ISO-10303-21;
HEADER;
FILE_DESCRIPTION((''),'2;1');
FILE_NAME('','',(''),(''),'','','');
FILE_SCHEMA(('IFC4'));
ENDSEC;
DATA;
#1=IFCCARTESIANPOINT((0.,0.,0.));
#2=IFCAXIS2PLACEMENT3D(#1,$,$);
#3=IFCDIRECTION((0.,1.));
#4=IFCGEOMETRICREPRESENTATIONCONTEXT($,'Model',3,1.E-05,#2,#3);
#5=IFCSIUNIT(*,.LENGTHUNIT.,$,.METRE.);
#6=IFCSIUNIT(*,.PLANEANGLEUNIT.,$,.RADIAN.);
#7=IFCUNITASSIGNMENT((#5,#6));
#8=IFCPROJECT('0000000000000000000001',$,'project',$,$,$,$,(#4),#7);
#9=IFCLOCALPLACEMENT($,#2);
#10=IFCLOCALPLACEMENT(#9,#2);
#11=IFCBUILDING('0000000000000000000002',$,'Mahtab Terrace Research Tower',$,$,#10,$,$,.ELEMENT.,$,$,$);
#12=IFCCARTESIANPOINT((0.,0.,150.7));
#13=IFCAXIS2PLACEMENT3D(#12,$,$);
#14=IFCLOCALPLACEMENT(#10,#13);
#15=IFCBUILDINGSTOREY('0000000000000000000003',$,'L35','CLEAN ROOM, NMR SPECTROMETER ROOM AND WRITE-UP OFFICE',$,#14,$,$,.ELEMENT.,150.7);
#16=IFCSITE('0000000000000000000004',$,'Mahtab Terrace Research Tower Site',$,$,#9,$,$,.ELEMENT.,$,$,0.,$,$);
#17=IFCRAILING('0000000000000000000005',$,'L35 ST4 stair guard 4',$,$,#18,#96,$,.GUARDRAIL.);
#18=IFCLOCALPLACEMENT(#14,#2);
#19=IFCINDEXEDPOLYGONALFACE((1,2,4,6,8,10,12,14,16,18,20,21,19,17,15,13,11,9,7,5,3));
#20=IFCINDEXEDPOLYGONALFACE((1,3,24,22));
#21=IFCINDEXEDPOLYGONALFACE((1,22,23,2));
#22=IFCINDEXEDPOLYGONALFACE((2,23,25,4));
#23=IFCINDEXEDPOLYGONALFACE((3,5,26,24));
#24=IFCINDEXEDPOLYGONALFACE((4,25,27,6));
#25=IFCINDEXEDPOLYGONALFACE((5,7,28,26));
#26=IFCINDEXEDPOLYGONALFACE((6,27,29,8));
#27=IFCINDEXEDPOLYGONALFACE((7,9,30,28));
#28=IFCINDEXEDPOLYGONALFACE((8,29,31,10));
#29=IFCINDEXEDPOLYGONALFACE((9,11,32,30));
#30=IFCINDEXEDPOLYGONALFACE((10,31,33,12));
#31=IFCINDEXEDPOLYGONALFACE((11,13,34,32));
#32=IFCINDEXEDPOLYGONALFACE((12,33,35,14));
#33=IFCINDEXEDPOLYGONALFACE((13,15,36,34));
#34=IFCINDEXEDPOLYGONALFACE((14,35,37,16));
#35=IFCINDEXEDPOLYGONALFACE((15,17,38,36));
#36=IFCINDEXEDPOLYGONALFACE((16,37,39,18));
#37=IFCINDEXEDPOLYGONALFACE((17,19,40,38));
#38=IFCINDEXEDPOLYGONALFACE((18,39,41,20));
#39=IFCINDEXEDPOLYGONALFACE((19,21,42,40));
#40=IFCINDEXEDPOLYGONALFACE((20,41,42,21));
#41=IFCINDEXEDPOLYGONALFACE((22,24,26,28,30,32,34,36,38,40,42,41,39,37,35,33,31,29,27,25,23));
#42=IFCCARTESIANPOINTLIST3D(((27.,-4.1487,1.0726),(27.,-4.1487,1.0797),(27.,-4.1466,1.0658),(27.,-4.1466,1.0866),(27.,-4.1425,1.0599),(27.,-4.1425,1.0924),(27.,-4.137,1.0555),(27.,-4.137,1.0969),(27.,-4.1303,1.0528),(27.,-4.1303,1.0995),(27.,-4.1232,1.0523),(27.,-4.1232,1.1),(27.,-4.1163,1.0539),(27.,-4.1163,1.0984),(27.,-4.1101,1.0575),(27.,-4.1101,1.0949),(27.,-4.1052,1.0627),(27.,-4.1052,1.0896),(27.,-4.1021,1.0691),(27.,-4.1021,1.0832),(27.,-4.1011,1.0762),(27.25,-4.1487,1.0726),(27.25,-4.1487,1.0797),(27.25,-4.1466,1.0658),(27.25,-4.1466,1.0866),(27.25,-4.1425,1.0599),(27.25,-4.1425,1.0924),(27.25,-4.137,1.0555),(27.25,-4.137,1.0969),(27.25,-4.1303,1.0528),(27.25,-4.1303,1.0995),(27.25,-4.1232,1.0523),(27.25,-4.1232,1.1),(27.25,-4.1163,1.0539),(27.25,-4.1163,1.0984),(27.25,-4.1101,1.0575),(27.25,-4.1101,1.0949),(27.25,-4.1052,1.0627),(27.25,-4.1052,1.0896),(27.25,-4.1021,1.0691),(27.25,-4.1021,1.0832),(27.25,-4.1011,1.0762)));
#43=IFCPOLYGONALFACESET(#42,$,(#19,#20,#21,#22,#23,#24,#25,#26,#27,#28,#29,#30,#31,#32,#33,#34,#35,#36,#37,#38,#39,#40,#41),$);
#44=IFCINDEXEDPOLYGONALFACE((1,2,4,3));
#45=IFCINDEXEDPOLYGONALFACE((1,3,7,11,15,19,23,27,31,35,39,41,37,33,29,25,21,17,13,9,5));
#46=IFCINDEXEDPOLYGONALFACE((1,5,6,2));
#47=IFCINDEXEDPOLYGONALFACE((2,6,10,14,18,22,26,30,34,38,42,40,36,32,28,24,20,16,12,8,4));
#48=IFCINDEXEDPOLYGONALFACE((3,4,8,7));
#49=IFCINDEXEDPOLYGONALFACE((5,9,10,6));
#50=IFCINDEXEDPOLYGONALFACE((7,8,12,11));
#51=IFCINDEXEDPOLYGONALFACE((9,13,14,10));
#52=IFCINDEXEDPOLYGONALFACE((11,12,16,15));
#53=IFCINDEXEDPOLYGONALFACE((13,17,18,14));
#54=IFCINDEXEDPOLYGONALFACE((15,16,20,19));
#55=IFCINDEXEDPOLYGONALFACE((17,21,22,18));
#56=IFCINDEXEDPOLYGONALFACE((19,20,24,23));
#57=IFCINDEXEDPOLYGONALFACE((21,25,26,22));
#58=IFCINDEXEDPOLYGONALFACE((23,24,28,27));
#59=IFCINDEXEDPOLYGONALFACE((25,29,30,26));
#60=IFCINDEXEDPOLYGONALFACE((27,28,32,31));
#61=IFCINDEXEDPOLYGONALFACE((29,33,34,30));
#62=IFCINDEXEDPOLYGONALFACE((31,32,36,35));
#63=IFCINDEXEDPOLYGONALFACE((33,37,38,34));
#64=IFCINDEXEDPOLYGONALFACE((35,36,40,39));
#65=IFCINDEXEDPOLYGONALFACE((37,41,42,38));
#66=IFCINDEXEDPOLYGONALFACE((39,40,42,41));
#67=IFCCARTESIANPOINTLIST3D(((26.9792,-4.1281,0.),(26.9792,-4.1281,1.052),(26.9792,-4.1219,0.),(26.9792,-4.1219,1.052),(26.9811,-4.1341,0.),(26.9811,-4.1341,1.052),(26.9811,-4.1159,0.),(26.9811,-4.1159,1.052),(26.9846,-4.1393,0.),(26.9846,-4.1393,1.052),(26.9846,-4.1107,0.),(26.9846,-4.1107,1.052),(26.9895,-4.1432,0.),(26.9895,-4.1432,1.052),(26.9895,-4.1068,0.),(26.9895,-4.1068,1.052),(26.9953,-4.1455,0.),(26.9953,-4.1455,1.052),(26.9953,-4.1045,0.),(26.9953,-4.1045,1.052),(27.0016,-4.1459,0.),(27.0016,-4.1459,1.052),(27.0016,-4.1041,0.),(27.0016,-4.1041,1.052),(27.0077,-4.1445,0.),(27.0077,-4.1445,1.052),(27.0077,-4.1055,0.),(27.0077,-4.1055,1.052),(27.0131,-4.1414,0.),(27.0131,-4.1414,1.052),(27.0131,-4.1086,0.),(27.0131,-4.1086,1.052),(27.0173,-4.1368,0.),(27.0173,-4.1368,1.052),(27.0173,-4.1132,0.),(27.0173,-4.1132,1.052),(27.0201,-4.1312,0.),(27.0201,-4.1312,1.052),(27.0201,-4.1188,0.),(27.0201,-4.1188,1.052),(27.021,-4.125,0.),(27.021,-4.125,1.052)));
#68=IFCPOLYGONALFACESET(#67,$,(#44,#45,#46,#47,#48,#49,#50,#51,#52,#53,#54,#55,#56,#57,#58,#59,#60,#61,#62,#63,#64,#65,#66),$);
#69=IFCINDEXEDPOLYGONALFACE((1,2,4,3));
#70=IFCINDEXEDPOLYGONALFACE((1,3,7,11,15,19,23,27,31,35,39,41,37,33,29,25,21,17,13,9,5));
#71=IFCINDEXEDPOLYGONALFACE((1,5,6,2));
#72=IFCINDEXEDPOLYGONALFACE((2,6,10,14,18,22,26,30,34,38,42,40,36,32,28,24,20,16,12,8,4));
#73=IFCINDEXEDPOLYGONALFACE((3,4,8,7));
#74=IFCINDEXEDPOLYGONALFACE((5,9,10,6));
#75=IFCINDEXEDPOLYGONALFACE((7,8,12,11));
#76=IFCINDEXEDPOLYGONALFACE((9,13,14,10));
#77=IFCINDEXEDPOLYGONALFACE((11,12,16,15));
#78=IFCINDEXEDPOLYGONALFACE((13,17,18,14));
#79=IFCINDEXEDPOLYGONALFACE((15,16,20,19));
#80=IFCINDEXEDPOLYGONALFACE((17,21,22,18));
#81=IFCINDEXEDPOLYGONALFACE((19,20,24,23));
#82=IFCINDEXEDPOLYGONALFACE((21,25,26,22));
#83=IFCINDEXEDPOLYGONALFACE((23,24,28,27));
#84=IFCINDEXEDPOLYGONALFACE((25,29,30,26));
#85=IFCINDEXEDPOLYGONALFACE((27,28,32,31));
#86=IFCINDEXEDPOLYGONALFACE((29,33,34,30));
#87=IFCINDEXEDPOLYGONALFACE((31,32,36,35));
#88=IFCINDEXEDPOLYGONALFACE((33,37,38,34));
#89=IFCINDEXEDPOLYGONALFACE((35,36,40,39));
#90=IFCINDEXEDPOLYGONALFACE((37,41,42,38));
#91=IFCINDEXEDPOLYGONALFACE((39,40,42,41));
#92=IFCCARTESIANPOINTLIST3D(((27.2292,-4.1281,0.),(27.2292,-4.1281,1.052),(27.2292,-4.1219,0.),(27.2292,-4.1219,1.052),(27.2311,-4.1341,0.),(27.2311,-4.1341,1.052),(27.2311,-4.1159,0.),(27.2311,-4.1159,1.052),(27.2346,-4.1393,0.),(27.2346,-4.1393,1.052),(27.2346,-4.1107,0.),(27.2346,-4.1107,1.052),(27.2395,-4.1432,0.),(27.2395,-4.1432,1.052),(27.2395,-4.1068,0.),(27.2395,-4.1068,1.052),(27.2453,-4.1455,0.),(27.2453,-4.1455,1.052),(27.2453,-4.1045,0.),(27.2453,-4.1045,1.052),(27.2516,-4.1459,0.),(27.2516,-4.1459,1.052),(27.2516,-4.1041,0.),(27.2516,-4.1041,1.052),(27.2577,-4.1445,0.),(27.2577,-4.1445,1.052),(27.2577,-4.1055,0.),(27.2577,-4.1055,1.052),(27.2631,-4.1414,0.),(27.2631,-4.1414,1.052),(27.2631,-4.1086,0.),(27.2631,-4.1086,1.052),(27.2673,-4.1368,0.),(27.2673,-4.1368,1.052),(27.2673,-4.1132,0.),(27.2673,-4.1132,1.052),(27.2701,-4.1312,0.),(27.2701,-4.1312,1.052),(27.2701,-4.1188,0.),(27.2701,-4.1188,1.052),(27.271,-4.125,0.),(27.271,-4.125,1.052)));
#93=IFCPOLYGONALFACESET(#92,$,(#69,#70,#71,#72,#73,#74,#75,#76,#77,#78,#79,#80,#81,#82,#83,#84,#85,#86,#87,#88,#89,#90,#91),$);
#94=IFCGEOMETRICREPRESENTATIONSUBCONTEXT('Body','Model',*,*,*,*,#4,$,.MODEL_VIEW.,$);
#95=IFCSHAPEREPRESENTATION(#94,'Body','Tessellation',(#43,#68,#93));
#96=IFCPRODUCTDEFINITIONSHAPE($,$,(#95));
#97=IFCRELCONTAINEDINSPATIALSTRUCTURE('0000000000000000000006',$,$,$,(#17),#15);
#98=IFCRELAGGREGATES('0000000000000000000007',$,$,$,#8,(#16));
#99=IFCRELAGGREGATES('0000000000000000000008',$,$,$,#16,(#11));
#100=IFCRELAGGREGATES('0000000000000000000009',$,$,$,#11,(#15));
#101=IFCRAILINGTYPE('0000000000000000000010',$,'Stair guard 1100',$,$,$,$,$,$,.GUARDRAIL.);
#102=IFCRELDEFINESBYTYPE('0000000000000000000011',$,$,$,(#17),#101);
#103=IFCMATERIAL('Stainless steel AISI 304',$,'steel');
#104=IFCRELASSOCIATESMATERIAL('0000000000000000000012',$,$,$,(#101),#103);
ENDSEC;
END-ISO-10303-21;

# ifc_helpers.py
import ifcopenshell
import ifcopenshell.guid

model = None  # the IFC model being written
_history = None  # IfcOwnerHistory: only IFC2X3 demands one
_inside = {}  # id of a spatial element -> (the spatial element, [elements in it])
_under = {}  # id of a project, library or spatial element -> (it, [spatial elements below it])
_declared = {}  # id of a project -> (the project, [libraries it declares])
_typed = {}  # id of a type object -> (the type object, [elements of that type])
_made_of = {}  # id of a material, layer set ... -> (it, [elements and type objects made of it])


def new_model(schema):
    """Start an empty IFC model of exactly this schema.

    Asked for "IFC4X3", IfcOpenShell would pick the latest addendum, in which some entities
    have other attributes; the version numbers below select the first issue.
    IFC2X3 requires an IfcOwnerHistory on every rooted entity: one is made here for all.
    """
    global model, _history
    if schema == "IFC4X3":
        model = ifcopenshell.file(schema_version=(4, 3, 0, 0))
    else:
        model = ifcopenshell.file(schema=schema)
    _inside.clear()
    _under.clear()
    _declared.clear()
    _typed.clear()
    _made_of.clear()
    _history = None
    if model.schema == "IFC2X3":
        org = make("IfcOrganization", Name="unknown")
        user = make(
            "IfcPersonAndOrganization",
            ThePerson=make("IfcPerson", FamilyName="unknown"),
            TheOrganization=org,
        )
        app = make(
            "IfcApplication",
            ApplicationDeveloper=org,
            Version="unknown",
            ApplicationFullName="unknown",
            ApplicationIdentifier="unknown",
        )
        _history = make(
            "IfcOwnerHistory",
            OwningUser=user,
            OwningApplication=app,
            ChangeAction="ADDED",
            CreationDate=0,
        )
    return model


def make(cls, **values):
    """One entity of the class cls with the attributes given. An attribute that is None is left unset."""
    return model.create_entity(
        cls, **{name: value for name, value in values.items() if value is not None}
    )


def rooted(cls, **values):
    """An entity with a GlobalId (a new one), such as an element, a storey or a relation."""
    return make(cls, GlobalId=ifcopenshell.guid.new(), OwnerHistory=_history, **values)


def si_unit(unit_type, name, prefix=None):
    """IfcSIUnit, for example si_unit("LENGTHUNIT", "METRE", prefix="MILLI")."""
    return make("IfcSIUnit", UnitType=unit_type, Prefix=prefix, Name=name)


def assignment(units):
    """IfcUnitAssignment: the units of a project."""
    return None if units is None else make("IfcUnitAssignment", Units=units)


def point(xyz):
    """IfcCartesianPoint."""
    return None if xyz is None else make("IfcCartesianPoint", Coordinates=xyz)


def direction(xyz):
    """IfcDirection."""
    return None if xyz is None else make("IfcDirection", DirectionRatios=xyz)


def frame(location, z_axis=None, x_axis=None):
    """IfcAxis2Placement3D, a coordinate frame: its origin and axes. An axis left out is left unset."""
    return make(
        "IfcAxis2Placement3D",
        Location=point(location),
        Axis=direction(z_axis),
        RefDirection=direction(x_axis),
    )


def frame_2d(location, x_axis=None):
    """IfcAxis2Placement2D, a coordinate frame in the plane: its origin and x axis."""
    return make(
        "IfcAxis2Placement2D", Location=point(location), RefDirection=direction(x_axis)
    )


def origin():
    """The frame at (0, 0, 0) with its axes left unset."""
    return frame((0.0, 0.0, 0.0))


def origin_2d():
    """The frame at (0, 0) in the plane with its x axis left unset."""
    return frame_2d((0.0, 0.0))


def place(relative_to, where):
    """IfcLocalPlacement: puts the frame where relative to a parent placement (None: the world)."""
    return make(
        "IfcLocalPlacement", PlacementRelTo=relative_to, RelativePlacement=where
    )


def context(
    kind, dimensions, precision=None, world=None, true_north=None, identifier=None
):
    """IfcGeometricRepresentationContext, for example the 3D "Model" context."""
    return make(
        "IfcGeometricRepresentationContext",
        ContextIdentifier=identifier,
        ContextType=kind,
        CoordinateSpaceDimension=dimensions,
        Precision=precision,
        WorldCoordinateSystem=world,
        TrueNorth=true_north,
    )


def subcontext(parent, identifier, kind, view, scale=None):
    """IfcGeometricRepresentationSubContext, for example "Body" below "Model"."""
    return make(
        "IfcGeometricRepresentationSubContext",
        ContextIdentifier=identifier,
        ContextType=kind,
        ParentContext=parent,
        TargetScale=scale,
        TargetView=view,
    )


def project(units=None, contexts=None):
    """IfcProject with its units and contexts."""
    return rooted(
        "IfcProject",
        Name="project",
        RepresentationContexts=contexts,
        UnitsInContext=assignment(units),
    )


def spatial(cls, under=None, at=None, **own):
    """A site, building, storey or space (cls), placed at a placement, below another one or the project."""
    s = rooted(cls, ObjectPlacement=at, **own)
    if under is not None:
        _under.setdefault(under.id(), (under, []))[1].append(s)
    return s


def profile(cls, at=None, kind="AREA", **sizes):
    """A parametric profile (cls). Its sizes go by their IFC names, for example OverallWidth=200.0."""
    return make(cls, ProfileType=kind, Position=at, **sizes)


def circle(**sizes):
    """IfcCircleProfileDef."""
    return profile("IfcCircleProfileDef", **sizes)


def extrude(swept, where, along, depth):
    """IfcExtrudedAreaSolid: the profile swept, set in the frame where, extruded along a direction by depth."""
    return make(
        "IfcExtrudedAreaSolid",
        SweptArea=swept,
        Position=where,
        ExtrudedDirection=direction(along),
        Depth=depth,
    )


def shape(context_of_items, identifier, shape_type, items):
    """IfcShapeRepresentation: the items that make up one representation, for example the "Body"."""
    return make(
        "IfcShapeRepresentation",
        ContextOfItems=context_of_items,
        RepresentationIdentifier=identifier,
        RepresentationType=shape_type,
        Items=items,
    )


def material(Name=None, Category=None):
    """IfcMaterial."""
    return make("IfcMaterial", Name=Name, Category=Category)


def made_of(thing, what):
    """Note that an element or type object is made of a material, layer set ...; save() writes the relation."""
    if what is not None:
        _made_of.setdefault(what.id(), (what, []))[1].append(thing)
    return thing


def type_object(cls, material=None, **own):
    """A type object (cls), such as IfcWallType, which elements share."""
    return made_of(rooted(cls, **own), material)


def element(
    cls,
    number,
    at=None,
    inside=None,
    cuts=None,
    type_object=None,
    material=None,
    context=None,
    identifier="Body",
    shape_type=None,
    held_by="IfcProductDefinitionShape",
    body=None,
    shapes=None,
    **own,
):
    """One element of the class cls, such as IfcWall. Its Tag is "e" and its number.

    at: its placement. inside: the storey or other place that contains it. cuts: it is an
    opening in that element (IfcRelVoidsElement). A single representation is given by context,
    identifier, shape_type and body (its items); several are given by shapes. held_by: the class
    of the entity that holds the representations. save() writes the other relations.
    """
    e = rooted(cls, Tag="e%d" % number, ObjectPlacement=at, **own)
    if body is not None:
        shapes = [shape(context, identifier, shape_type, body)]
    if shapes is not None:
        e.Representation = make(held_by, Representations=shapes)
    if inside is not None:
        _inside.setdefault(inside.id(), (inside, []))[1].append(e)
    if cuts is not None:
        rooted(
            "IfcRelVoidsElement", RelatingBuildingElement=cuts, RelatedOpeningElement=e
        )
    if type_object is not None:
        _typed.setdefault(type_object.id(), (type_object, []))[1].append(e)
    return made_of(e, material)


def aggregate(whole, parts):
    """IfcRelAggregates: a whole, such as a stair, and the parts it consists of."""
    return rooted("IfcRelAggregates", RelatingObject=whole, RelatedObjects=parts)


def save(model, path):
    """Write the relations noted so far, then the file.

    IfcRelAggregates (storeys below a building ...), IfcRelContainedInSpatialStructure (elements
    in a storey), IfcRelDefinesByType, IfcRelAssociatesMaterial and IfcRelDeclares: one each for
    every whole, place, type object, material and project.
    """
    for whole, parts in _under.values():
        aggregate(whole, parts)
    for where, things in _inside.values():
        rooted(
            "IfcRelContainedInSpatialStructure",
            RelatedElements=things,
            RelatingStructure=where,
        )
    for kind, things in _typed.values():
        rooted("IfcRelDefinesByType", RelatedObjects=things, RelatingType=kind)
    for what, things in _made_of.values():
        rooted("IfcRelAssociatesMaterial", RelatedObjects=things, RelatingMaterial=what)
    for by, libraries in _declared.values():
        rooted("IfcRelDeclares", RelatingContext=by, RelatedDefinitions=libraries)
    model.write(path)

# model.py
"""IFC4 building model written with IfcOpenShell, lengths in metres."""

from ifc_helpers import new_model, si_unit, direction, frame, origin, origin_2d, place, context, subcontext, project, spatial, circle, extrude, material, type_object, element, save


model = new_model("IFC4")

# Units and contexts
model_context = context("Model", 3, precision=1e-05, world=origin(), true_north=direction((0.0, 1.0)))
body_context = subcontext(model_context, "Body", "Model", "MODEL_VIEW")
ifc_project = project(units=[si_unit("LENGTHUNIT", "METRE"), si_unit("PLANEANGLEUNIT", "RADIAN")], contexts=[model_context])

# Site, building, storey
site_placement = place(None, origin())
site = spatial("IfcSite", under=ifc_project, at=site_placement, Name="Mahtab Terrace Research Tower Site", CompositionType="ELEMENT", RefElevation=0.0)
building_placement = place(site_placement, origin())
building = spatial("IfcBuilding", under=site, at=building_placement, Name="Mahtab Terrace Research Tower", CompositionType="ELEMENT")
storey_placement = place(building_placement, frame((0.0, 0.0, 150.7)))
storey = spatial("IfcBuildingStorey", under=building, at=storey_placement, Name="L35", Description="CLEAN ROOM, NMR SPECTROMETER ROOM AND WRITE-UP OFFICE", CompositionType="ELEMENT", Elevation=150.7)

# Railing
ifc_material_1 = material(Name="Stainless steel AISI 304", Category="steel")
railing_type_1 = type_object("IfcRailingType", Name="Stair guard 1100", PredefinedType="GUARDRAIL", material=ifc_material_1)
railing_1_placement = place(storey_placement, frame((27.0, -4.125, 0.0)))
element("IfcRailing", 1, at=railing_1_placement, inside=storey, type_object=railing_type_1, Name="L35 ST4 stair guard 4", PredefinedType="GUARDRAIL", context=body_context, shape_type="SweptSolid", body=[
    extrude(circle(Radius=0.0239, at=origin_2d()), frame((0.0, 0.0, 1.0762), z_axis=(1.0, 0.0, 0.0), x_axis=(0.0, 1.0, 0.0)), (0.0, 0.0, 1.0), 0.25),
    extrude(circle(Radius=0.021, at=origin_2d()), origin(), (0.0, 0.0, 1.0), 1.052),
    extrude(circle(Radius=0.021, at=origin_2d()), frame((0.25, 0.0, 0.0)), (0.0, 0.0, 1.0), 1.052),
])

save(model, "model.ifc")
